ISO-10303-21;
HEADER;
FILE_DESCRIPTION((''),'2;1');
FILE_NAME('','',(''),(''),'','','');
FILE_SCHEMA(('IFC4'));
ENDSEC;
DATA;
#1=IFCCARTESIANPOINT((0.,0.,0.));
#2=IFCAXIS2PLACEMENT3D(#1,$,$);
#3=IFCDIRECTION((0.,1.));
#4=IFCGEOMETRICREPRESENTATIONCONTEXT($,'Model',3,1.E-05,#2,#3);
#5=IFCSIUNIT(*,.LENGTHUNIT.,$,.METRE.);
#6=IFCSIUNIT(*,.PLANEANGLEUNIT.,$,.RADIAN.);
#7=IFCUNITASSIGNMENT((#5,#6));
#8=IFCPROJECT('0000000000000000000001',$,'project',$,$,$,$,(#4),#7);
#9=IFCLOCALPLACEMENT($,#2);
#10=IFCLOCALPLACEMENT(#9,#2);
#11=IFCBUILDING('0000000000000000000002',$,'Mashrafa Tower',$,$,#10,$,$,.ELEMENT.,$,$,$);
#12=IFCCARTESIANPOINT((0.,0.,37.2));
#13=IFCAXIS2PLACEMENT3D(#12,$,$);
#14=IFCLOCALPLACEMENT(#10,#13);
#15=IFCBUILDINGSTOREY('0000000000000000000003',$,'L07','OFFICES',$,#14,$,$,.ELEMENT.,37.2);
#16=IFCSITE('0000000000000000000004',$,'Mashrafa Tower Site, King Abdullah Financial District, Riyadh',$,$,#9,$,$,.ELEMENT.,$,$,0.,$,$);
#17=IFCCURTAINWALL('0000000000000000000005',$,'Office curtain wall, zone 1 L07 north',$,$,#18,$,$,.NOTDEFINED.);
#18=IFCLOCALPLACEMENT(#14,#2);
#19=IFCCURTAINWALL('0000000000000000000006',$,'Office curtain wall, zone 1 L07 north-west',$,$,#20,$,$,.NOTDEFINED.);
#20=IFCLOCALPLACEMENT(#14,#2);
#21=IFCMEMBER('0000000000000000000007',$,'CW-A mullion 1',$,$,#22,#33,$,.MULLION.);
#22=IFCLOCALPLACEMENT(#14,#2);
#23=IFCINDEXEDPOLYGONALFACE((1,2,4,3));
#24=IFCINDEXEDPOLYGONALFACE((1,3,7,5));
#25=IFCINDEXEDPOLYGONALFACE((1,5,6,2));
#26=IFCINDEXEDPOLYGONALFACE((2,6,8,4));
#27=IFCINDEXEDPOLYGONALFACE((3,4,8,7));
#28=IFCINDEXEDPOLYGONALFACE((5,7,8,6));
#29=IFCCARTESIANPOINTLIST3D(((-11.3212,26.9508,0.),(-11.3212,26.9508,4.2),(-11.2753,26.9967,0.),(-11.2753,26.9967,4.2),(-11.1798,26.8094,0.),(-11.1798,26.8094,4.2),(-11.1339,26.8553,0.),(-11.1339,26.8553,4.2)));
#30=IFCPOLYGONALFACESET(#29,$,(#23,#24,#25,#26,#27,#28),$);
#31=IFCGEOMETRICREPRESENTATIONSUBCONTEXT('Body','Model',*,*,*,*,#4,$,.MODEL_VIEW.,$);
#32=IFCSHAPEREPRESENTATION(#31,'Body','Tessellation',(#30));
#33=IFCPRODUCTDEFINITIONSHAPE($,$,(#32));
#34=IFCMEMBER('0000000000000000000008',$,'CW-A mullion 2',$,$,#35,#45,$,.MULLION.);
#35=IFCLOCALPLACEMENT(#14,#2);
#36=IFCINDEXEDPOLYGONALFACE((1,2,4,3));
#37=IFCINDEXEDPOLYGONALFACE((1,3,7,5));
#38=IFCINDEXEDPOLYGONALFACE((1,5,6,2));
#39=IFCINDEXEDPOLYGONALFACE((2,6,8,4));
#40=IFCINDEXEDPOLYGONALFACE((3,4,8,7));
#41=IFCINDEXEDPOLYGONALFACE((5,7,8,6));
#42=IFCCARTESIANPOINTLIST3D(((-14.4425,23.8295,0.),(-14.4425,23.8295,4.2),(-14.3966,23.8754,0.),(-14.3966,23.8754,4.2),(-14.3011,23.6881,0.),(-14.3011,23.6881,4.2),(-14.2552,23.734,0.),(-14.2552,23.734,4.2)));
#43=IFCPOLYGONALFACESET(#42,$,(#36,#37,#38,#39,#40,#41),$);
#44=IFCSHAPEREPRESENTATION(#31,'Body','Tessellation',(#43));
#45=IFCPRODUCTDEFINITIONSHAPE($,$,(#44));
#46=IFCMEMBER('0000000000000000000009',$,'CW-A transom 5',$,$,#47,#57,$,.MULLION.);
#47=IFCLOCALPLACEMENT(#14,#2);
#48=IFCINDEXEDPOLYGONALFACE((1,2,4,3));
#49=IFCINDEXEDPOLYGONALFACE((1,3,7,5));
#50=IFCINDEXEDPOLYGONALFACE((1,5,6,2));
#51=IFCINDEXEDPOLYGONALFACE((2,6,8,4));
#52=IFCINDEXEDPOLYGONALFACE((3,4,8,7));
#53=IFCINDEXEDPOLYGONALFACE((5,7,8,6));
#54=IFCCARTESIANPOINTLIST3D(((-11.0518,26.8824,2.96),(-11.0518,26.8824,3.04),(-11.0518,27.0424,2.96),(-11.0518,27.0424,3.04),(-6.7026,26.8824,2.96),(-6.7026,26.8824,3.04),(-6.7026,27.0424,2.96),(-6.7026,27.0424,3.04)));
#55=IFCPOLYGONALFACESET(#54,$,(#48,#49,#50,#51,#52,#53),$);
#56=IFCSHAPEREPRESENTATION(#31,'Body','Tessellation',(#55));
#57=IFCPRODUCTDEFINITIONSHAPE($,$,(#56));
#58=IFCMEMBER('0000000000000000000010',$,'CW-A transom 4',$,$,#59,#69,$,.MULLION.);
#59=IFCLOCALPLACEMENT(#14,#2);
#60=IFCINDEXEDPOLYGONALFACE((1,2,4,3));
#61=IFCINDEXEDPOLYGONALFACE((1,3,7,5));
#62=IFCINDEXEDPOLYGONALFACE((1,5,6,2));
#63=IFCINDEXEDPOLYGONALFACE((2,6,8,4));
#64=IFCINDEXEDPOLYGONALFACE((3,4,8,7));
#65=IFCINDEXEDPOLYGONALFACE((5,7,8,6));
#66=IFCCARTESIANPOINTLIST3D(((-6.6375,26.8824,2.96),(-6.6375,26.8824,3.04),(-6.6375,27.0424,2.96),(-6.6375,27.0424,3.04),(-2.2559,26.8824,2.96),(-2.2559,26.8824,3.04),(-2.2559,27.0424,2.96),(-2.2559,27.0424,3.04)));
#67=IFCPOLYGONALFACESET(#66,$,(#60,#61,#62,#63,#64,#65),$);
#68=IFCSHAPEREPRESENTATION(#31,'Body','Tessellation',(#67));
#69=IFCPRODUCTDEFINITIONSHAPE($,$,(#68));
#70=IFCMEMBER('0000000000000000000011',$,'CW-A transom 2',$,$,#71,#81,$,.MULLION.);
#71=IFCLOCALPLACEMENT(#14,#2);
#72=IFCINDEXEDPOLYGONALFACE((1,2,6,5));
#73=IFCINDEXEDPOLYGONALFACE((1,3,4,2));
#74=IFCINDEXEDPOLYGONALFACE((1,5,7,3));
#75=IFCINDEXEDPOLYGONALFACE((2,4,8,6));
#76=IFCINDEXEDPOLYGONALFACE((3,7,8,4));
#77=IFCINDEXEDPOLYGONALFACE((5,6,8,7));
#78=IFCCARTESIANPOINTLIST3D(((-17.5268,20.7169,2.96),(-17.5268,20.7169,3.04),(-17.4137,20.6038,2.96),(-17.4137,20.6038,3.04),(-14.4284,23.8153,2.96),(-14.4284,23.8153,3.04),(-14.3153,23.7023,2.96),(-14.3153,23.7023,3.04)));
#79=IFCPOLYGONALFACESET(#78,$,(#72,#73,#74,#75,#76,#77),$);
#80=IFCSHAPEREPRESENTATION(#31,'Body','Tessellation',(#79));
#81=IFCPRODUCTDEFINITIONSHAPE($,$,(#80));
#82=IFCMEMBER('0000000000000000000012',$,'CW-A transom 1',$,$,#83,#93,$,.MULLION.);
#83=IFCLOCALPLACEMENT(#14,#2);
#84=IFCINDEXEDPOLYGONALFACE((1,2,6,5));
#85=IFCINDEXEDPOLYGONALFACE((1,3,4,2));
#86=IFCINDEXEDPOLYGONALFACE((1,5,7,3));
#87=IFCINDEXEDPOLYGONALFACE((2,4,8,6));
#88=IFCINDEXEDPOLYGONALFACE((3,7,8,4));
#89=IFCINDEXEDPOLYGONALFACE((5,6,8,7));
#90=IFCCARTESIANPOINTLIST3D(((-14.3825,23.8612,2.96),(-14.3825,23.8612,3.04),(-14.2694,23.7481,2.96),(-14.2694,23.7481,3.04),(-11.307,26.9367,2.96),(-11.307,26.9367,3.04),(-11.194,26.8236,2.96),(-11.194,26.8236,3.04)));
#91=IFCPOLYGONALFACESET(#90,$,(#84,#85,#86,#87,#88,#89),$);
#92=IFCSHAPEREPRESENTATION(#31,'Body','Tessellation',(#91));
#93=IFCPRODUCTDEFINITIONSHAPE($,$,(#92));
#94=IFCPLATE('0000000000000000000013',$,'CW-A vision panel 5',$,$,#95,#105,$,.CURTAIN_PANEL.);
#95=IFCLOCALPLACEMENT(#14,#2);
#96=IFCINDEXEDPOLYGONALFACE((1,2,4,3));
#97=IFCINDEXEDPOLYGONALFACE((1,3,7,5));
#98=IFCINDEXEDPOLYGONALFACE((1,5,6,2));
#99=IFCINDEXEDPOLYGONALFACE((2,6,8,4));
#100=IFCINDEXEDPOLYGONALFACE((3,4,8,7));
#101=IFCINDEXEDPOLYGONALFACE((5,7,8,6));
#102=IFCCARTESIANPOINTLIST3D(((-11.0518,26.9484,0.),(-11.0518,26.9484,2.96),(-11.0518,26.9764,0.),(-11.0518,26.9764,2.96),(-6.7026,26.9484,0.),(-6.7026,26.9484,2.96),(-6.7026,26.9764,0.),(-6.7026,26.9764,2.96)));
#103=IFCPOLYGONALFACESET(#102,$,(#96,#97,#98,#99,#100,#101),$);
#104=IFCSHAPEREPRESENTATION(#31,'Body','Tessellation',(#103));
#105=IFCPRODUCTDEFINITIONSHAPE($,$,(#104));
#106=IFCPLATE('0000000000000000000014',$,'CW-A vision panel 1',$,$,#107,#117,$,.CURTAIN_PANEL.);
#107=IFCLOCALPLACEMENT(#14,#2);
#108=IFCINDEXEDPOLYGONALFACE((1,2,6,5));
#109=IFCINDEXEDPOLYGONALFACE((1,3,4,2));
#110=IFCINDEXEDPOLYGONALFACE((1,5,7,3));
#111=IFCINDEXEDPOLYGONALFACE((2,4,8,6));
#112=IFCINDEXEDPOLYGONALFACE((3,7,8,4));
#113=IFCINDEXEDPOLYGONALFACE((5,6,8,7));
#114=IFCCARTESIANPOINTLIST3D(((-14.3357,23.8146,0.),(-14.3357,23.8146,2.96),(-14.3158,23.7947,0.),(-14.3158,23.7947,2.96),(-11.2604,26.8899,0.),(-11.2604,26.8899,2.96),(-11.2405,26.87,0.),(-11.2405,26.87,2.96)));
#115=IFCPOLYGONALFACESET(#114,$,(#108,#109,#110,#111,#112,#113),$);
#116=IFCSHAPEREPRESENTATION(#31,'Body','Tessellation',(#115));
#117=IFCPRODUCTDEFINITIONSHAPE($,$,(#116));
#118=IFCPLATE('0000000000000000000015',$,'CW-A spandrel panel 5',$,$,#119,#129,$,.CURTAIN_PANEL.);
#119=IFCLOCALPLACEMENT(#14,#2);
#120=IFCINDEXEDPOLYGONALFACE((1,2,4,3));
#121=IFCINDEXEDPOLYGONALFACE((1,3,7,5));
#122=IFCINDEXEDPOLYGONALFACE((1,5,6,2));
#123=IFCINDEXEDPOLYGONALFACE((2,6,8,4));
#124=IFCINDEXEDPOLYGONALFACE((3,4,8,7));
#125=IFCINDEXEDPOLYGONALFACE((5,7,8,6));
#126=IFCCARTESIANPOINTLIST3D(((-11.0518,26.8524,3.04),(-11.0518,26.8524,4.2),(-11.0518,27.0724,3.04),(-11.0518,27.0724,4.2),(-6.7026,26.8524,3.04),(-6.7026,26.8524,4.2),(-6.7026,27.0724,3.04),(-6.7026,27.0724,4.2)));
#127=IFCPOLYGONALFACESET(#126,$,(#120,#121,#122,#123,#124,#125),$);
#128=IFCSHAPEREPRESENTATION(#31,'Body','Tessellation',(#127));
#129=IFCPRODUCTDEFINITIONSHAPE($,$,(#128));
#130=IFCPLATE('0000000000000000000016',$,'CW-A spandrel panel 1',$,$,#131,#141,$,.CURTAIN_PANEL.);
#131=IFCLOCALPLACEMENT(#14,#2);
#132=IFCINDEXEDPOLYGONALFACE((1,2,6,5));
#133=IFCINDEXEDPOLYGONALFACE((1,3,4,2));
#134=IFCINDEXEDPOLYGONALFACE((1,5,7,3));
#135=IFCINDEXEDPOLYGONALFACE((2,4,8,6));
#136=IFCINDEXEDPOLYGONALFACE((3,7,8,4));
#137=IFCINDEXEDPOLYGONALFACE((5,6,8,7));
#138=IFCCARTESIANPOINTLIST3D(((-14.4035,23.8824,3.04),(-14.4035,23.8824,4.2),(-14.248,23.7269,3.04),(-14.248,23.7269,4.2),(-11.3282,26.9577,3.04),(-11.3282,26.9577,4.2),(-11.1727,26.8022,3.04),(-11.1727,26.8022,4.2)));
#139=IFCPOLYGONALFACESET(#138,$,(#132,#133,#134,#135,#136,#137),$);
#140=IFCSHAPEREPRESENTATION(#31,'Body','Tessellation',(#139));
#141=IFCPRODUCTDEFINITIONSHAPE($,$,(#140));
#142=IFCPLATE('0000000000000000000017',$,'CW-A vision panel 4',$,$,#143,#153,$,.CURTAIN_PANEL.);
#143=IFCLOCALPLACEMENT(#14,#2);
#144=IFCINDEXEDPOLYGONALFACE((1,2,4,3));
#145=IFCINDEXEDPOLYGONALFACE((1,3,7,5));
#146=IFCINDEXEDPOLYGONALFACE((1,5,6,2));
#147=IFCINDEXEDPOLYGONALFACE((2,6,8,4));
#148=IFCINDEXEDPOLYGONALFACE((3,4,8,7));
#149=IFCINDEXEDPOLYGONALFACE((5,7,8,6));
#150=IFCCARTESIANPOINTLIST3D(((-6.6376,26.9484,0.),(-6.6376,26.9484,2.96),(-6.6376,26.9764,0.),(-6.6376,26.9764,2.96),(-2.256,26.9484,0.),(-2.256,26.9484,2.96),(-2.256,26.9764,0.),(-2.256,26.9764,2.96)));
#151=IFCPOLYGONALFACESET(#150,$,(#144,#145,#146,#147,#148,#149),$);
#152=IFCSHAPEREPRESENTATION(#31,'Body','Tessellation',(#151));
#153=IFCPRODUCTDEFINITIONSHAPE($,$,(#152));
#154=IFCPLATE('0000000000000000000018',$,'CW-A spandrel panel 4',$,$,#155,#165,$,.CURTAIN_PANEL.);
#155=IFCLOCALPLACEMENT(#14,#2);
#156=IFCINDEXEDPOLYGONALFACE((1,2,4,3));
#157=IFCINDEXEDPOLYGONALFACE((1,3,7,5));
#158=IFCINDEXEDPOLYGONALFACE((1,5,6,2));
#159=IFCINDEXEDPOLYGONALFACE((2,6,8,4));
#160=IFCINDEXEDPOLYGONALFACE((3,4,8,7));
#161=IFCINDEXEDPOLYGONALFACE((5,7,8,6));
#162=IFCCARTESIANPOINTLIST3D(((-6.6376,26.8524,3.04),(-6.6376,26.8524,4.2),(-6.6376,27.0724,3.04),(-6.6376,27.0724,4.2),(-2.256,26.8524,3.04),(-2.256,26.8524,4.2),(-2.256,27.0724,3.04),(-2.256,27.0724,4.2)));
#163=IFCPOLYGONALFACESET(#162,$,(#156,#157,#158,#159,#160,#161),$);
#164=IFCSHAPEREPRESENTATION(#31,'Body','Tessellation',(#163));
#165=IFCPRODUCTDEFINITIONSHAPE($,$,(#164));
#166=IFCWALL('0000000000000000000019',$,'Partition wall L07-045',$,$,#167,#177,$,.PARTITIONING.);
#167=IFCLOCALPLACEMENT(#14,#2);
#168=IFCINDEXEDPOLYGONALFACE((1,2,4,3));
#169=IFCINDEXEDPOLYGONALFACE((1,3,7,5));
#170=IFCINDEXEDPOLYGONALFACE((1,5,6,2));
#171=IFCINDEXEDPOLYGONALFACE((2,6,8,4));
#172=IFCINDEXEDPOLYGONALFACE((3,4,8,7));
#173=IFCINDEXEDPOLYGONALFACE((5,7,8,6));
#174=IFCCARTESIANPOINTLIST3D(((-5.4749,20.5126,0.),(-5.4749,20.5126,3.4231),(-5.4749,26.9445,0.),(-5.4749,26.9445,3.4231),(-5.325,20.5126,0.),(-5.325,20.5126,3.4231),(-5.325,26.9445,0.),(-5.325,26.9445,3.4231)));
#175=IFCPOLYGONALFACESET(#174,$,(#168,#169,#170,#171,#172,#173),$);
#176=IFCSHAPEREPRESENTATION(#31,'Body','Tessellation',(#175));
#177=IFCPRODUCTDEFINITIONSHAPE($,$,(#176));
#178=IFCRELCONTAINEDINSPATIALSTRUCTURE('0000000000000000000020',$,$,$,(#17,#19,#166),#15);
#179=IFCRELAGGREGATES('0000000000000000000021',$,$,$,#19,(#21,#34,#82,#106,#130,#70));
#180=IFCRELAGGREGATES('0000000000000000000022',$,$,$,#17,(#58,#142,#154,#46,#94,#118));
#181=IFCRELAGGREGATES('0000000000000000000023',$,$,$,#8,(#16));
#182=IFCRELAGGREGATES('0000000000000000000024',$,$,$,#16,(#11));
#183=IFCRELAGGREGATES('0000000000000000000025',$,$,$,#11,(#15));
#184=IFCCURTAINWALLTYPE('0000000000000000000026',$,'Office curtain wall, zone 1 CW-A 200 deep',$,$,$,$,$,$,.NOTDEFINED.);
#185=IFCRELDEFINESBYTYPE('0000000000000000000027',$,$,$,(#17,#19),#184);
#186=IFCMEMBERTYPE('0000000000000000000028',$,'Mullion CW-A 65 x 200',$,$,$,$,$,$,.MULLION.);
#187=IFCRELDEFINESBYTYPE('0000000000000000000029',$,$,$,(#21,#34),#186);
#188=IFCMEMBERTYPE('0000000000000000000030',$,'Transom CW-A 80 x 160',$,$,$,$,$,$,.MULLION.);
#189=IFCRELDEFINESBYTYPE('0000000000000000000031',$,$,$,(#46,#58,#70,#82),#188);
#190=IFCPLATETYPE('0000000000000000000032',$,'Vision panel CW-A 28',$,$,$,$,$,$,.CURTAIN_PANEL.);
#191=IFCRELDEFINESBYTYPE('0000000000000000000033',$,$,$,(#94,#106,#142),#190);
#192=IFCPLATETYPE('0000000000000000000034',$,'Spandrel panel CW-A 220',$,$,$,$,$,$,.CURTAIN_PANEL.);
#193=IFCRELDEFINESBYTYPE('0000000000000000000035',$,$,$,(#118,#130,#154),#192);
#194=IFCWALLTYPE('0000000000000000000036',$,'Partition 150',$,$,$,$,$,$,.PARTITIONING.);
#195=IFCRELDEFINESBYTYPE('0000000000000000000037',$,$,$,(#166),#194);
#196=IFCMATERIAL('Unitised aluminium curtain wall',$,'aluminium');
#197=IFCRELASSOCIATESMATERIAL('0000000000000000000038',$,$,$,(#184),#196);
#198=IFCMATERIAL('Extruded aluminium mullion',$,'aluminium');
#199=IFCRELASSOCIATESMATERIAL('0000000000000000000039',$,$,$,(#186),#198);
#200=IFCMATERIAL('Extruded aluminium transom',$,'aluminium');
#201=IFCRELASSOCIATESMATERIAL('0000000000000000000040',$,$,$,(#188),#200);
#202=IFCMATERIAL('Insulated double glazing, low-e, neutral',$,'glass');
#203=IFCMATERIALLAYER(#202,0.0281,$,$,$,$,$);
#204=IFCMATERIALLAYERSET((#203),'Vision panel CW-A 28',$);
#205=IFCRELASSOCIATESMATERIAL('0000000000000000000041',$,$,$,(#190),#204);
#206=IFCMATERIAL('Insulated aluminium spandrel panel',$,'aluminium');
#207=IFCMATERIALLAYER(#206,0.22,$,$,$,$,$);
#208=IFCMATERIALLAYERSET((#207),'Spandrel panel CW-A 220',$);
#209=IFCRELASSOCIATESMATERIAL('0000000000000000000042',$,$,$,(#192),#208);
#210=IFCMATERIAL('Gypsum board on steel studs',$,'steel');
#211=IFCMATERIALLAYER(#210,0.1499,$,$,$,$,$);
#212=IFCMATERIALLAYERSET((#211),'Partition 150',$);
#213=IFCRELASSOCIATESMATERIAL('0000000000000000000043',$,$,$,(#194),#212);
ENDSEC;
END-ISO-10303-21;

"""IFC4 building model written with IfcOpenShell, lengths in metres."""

from ifc_helpers import new_model, si_unit, direction, frame, frame_2d, origin, origin_2d, place, context, subcontext, project, spatial, rectangle, extrude, source, transform, mapped, material, layer, layer_set, material_profile, profile_set, type_object, type_shapes, element, aggregate, save


model = new_model("IFC4")

# Units and contexts
model_context = context("Model", 3, precision=1e-05, world=origin(), true_north=direction((0.0, 1.0)))
body_context = subcontext(model_context, "Body", "Model", "MODEL_VIEW")
ifc_project = project(units=[si_unit("LENGTHUNIT", "METRE"), si_unit("PLANEANGLEUNIT", "RADIAN")], contexts=[model_context])

# Site, building, storey
site_placement = place(None, origin())
site = spatial("IfcSite", under=ifc_project, at=site_placement, Name="Mashrafa Tower Site, King Abdullah Financial District, Riyadh", CompositionType="ELEMENT", RefElevation=0.0)
building_placement = place(site_placement, origin())
building = spatial("IfcBuilding", under=site, at=building_placement, Name="Mashrafa Tower", CompositionType="ELEMENT")
storey_placement = place(building_placement, frame((0.0, 0.0, 37.2)))
storey = spatial("IfcBuildingStorey", under=building, at=storey_placement, Name="L07", Description="OFFICES", CompositionType="ELEMENT", Elevation=37.2)

# Curtain walls, members
ifc_material_1 = material(Name="Unitised aluminium curtain wall", Category="aluminium")
curtain_wall_type = type_object("IfcCurtainWallType", Name="Office curtain wall, zone 1 CW-A 200 deep", PredefinedType="NOTDEFINED", material=ifc_material_1)
curtain_wall_1_placement = place(storey_placement, origin())
curtain_wall_1 = element("IfcCurtainWall", 1, at=curtain_wall_1_placement, inside=storey, type_object=curtain_wall_type, Name="Office curtain wall, zone 1 L07 north", PredefinedType="NOTDEFINED")
ifc_material_2 = material(Name="Extruded aluminium mullion", Category="aluminium")
ifc_material_profile_1 = material_profile(ifc_material_2, rectangle(XDim=0.2, YDim=0.0649, at=origin_2d()), Name="Mullion 65x200")
ifc_profile_set_1 = profile_set([ifc_material_profile_1], Name="Extruded aluminium mullion")
member_type_1 = type_object("IfcMemberType", Name="Mullion CW-A 65 x 200", PredefinedType="MULLION", material=ifc_profile_set_1)
shared_shape_1 = source(origin(), body_context, "Body", "SweptSolid", [
    extrude(rectangle(XDim=0.2, YDim=0.0649, at=origin_2d()), origin(), (0.0, 0.0, 1.0), 4.2),
])
type_shapes(member_type_1, [shared_shape_1])
curtain_wall_2_placement = place(storey_placement, origin())
curtain_wall_2 = element("IfcCurtainWall", 2, at=curtain_wall_2_placement, inside=storey, type_object=curtain_wall_type, Name="Office curtain wall, zone 1 L07 north-west", PredefinedType="NOTDEFINED")
member_1_placement = place(storey_placement, frame((-11.2275, 26.9031, 0.0), z_axis=(0.0, 0.0, 1.0), x_axis=(0.707107, -0.707107, 0.0)))
member_1 = element("IfcMember", 3, at=member_1_placement, type_object=member_type_1, Name="CW-A mullion 1", PredefinedType="MULLION", context=body_context, shape_type="MappedRepresentation", body=[
    mapped(shared_shape_1, transform((0.0, 0.0, 0.0))),
])
member_2_placement = place(storey_placement, frame((-14.3489, 23.7817, 0.0), z_axis=(0.0, 0.0, 1.0), x_axis=(0.707107, -0.707107, 0.0)))
member_2 = element("IfcMember", 4, at=member_2_placement, type_object=member_type_1, Name="CW-A mullion 2", PredefinedType="MULLION", context=body_context, shape_type="MappedRepresentation", body=[
    mapped(shared_shape_1, transform((0.0, 0.0, 0.0))),
])

# Members
ifc_material_3 = material(Name="Extruded aluminium transom", Category="aluminium")
ifc_material_profile_2 = material_profile(ifc_material_3, rectangle(XDim=0.1599, YDim=0.0801, at=origin_2d()), Name="Transom 80x160")
ifc_profile_set_2 = profile_set([ifc_material_profile_2], Name="Extruded aluminium transom")
member_type_2 = type_object("IfcMemberType", Name="Transom CW-A 80 x 160", PredefinedType="MULLION", material=ifc_profile_set_2)
shared_shape_2 = source(origin(), body_context, "Body", "SweptSolid", [
    extrude(rectangle(XDim=0.1599, YDim=0.0801, at=origin_2d()), origin(), (0.0, 0.0, 1.0), 4.3491),
])
member_3_placement = place(storey_placement, frame((-6.7026, 26.9624, 3.0), z_axis=(-1.0, 0.0, 0.0), x_axis=(0.0, -1.0, 0.0)))
member_3 = element("IfcMember", 5, at=member_3_placement, type_object=member_type_2, Name="CW-A transom 5", PredefinedType="MULLION", context=body_context, shape_type="MappedRepresentation", body=[
    mapped(shared_shape_2, transform((0.0, 0.0, 0.0))),
])
shared_shape_3 = source(origin(), body_context, "Body", "SweptSolid", [
    extrude(rectangle(XDim=0.1599, YDim=0.0801, at=origin_2d()), origin(), (0.0, 0.0, 1.0), 4.3816),
])
member_4_placement = place(storey_placement, frame((-2.2559, 26.9624, 3.0), z_axis=(-1.0, 0.0, 0.0), x_axis=(0.0, -1.0, 0.0)))
member_4 = element("IfcMember", 6, at=member_4_placement, type_object=member_type_2, Name="CW-A transom 4", PredefinedType="MULLION", context=body_context, shape_type="MappedRepresentation", body=[
    mapped(shared_shape_3, transform((0.0, 0.0, 0.0))),
])
shared_shape_4 = source(origin(), body_context, "Body", "SweptSolid", [
    extrude(rectangle(XDim=0.1599, YDim=0.0801, at=origin_2d()), origin(), (0.0, 0.0, 1.0), 4.3818),
])
member_5_placement = place(storey_placement, frame((-14.3718, 23.7588, 3.0), z_axis=(-0.707107, -0.707107, 0.0), x_axis=(0.707107, -0.707107, 0.0)))
member_5 = element("IfcMember", 7, at=member_5_placement, type_object=member_type_2, Name="CW-A transom 2", PredefinedType="MULLION", context=body_context, shape_type="MappedRepresentation", body=[
    mapped(shared_shape_4, transform((0.0, 0.0, 0.0))),
])
shared_shape_5 = source(origin(), body_context, "Body", "SweptSolid", [
    extrude(rectangle(XDim=0.1599, YDim=0.0801, at=origin_2d()), origin(), (0.0, 0.0, 1.0), 4.3494),
])
type_shapes(member_type_2, [shared_shape_2, shared_shape_3, shared_shape_4, shared_shape_5])
member_6_placement = place(storey_placement, frame((-11.2505, 26.8801, 3.0), z_axis=(-0.707107, -0.707107, 0.0), x_axis=(0.707107, -0.707107, 0.0)))
member_6 = element("IfcMember", 8, at=member_6_placement, type_object=member_type_2, Name="CW-A transom 1", PredefinedType="MULLION", context=body_context, shape_type="MappedRepresentation", body=[
    mapped(shared_shape_5, transform((0.0, 0.0, 0.0))),
])

# Plates
ifc_material_4 = material(Name="Insulated double glazing, low-e, neutral", Category="glass")
ifc_layer_1 = layer(ifc_material_4, 0.0281)
ifc_layer_set_1 = layer_set([ifc_layer_1], Name="Vision panel CW-A 28")
plate_type_1 = type_object("IfcPlateType", Name="Vision panel CW-A 28", PredefinedType="CURTAIN_PANEL", material=ifc_layer_set_1)
shared_shape_6 = source(origin(), body_context, "Body", "SweptSolid", [
    extrude(rectangle(XDim=4.3491, YDim=0.0281, at=origin_2d()), origin(), (0.0, 0.0, 1.0), 2.96),
])
plate_1_placement = place(storey_placement, frame((-8.8772, 26.9624, 0.0), z_axis=(0.0, 0.0, 1.0), x_axis=(-1.0, 0.0, 0.0)))
plate_1 = element("IfcPlate", 9, at=plate_1_placement, type_object=plate_type_1, Name="CW-A vision panel 5", PredefinedType="CURTAIN_PANEL", context=body_context, shape_type="MappedRepresentation", body=[
    mapped(shared_shape_6, transform((0.0, 0.0, 0.0))),
])
plate_2_placement = place(storey_placement, frame((-12.7881, 25.3423, 0.0), z_axis=(0.0, 0.0, 1.0), x_axis=(-0.707107, -0.707107, 0.0)))
plate_2 = element("IfcPlate", 10, at=plate_2_placement, type_object=plate_type_1, Name="CW-A vision panel 1", PredefinedType="CURTAIN_PANEL", context=body_context, shape_type="MappedRepresentation", body=[
    mapped(shared_shape_6, transform((0.0, 0.0, 0.0))),
])
ifc_material_5 = material(Name="Insulated aluminium spandrel panel", Category="aluminium")
ifc_layer_2 = layer(ifc_material_5, 0.22)
ifc_layer_set_2 = layer_set([ifc_layer_2], Name="Spandrel panel CW-A 220")
plate_type_2 = type_object("IfcPlateType", Name="Spandrel panel CW-A 220", PredefinedType="CURTAIN_PANEL", material=ifc_layer_set_2)
shared_shape_7 = source(origin(), body_context, "Body", "SweptSolid", [
    extrude(rectangle(XDim=4.3491, YDim=0.22, at=origin_2d()), origin(), (0.0, 0.0, 1.0), 1.1599),
])
plate_3_placement = place(storey_placement, frame((-8.8772, 26.9624, 3.04), z_axis=(0.0, 0.0, 1.0), x_axis=(-1.0, 0.0, 0.0)))
plate_3 = element("IfcPlate", 11, at=plate_3_placement, type_object=plate_type_2, Name="CW-A spandrel panel 5", PredefinedType="CURTAIN_PANEL", context=body_context, shape_type="MappedRepresentation", body=[
    mapped(shared_shape_7, transform((0.0, 0.0, 0.0))),
])
plate_4_placement = place(storey_placement, frame((-12.7881, 25.3423, 3.04), z_axis=(0.0, 0.0, 1.0), x_axis=(-0.707107, -0.707107, 0.0)))
plate_4 = element("IfcPlate", 12, at=plate_4_placement, type_object=plate_type_2, Name="CW-A spandrel panel 1", PredefinedType="CURTAIN_PANEL", context=body_context, shape_type="MappedRepresentation", body=[
    mapped(shared_shape_7, transform((0.0, 0.0, 0.0))),
])
aggregate(curtain_wall_2, [member_1, member_2, member_6, plate_2, plate_4, member_5])
shared_shape_8 = source(origin(), body_context, "Body", "SweptSolid", [
    extrude(rectangle(XDim=4.3816, YDim=0.0281, at=origin_2d()), origin(), (0.0, 0.0, 1.0), 2.96),
])
type_shapes(plate_type_1, [shared_shape_6, shared_shape_8])
plate_5_placement = place(storey_placement, frame((-4.4468, 26.9624, 0.0), z_axis=(0.0, 0.0, 1.0), x_axis=(-1.0, 0.0, 0.0)))
plate_5 = element("IfcPlate", 13, at=plate_5_placement, type_object=plate_type_1, Name="CW-A vision panel 4", PredefinedType="CURTAIN_PANEL", context=body_context, shape_type="MappedRepresentation", body=[
    mapped(shared_shape_8, transform((0.0, 0.0, 0.0))),
])
shared_shape_9 = source(origin(), body_context, "Body", "SweptSolid", [
    extrude(rectangle(XDim=4.3816, YDim=0.22, at=origin_2d()), origin(), (0.0, 0.0, 1.0), 1.1599),
])
type_shapes(plate_type_2, [shared_shape_7, shared_shape_9])
plate_6_placement = place(storey_placement, frame((-4.4468, 26.9624, 3.04), z_axis=(0.0, 0.0, 1.0), x_axis=(-1.0, 0.0, 0.0)))
plate_6 = element("IfcPlate", 14, at=plate_6_placement, type_object=plate_type_2, Name="CW-A spandrel panel 4", PredefinedType="CURTAIN_PANEL", context=body_context, shape_type="MappedRepresentation", body=[
    mapped(shared_shape_9, transform((0.0, 0.0, 0.0))),
])
aggregate(curtain_wall_1, [member_4, plate_5, plate_6, member_3, plate_1, plate_3])

# Wall
ifc_material_6 = material(Name="Gypsum board on steel studs", Category="steel")
ifc_layer_3 = layer(ifc_material_6, 0.1499)
ifc_layer_set_3 = layer_set([ifc_layer_3], Name="Partition 150")
wall_type = type_object("IfcWallType", Name="Partition 150", PredefinedType="PARTITIONING", material=ifc_layer_set_3)
wall_1_placement = place(storey_placement, frame((-5.3999, 26.9443, 0.0), z_axis=(0.0, 0.0, 1.0), x_axis=(0.0, -1.0, 0.0)))
element("IfcWall", 15, at=wall_1_placement, inside=storey, type_object=wall_type, Name="Partition wall L07-045", PredefinedType="PARTITIONING", context=body_context, shape_type="SweptSolid", body=[
    extrude(rectangle(XDim=6.4319, YDim=0.1499, at=frame_2d((3.2158, 0.0))), origin(), (0.0, 0.0, 1.0), 3.4231),
])

save(model, "model.ifc")
